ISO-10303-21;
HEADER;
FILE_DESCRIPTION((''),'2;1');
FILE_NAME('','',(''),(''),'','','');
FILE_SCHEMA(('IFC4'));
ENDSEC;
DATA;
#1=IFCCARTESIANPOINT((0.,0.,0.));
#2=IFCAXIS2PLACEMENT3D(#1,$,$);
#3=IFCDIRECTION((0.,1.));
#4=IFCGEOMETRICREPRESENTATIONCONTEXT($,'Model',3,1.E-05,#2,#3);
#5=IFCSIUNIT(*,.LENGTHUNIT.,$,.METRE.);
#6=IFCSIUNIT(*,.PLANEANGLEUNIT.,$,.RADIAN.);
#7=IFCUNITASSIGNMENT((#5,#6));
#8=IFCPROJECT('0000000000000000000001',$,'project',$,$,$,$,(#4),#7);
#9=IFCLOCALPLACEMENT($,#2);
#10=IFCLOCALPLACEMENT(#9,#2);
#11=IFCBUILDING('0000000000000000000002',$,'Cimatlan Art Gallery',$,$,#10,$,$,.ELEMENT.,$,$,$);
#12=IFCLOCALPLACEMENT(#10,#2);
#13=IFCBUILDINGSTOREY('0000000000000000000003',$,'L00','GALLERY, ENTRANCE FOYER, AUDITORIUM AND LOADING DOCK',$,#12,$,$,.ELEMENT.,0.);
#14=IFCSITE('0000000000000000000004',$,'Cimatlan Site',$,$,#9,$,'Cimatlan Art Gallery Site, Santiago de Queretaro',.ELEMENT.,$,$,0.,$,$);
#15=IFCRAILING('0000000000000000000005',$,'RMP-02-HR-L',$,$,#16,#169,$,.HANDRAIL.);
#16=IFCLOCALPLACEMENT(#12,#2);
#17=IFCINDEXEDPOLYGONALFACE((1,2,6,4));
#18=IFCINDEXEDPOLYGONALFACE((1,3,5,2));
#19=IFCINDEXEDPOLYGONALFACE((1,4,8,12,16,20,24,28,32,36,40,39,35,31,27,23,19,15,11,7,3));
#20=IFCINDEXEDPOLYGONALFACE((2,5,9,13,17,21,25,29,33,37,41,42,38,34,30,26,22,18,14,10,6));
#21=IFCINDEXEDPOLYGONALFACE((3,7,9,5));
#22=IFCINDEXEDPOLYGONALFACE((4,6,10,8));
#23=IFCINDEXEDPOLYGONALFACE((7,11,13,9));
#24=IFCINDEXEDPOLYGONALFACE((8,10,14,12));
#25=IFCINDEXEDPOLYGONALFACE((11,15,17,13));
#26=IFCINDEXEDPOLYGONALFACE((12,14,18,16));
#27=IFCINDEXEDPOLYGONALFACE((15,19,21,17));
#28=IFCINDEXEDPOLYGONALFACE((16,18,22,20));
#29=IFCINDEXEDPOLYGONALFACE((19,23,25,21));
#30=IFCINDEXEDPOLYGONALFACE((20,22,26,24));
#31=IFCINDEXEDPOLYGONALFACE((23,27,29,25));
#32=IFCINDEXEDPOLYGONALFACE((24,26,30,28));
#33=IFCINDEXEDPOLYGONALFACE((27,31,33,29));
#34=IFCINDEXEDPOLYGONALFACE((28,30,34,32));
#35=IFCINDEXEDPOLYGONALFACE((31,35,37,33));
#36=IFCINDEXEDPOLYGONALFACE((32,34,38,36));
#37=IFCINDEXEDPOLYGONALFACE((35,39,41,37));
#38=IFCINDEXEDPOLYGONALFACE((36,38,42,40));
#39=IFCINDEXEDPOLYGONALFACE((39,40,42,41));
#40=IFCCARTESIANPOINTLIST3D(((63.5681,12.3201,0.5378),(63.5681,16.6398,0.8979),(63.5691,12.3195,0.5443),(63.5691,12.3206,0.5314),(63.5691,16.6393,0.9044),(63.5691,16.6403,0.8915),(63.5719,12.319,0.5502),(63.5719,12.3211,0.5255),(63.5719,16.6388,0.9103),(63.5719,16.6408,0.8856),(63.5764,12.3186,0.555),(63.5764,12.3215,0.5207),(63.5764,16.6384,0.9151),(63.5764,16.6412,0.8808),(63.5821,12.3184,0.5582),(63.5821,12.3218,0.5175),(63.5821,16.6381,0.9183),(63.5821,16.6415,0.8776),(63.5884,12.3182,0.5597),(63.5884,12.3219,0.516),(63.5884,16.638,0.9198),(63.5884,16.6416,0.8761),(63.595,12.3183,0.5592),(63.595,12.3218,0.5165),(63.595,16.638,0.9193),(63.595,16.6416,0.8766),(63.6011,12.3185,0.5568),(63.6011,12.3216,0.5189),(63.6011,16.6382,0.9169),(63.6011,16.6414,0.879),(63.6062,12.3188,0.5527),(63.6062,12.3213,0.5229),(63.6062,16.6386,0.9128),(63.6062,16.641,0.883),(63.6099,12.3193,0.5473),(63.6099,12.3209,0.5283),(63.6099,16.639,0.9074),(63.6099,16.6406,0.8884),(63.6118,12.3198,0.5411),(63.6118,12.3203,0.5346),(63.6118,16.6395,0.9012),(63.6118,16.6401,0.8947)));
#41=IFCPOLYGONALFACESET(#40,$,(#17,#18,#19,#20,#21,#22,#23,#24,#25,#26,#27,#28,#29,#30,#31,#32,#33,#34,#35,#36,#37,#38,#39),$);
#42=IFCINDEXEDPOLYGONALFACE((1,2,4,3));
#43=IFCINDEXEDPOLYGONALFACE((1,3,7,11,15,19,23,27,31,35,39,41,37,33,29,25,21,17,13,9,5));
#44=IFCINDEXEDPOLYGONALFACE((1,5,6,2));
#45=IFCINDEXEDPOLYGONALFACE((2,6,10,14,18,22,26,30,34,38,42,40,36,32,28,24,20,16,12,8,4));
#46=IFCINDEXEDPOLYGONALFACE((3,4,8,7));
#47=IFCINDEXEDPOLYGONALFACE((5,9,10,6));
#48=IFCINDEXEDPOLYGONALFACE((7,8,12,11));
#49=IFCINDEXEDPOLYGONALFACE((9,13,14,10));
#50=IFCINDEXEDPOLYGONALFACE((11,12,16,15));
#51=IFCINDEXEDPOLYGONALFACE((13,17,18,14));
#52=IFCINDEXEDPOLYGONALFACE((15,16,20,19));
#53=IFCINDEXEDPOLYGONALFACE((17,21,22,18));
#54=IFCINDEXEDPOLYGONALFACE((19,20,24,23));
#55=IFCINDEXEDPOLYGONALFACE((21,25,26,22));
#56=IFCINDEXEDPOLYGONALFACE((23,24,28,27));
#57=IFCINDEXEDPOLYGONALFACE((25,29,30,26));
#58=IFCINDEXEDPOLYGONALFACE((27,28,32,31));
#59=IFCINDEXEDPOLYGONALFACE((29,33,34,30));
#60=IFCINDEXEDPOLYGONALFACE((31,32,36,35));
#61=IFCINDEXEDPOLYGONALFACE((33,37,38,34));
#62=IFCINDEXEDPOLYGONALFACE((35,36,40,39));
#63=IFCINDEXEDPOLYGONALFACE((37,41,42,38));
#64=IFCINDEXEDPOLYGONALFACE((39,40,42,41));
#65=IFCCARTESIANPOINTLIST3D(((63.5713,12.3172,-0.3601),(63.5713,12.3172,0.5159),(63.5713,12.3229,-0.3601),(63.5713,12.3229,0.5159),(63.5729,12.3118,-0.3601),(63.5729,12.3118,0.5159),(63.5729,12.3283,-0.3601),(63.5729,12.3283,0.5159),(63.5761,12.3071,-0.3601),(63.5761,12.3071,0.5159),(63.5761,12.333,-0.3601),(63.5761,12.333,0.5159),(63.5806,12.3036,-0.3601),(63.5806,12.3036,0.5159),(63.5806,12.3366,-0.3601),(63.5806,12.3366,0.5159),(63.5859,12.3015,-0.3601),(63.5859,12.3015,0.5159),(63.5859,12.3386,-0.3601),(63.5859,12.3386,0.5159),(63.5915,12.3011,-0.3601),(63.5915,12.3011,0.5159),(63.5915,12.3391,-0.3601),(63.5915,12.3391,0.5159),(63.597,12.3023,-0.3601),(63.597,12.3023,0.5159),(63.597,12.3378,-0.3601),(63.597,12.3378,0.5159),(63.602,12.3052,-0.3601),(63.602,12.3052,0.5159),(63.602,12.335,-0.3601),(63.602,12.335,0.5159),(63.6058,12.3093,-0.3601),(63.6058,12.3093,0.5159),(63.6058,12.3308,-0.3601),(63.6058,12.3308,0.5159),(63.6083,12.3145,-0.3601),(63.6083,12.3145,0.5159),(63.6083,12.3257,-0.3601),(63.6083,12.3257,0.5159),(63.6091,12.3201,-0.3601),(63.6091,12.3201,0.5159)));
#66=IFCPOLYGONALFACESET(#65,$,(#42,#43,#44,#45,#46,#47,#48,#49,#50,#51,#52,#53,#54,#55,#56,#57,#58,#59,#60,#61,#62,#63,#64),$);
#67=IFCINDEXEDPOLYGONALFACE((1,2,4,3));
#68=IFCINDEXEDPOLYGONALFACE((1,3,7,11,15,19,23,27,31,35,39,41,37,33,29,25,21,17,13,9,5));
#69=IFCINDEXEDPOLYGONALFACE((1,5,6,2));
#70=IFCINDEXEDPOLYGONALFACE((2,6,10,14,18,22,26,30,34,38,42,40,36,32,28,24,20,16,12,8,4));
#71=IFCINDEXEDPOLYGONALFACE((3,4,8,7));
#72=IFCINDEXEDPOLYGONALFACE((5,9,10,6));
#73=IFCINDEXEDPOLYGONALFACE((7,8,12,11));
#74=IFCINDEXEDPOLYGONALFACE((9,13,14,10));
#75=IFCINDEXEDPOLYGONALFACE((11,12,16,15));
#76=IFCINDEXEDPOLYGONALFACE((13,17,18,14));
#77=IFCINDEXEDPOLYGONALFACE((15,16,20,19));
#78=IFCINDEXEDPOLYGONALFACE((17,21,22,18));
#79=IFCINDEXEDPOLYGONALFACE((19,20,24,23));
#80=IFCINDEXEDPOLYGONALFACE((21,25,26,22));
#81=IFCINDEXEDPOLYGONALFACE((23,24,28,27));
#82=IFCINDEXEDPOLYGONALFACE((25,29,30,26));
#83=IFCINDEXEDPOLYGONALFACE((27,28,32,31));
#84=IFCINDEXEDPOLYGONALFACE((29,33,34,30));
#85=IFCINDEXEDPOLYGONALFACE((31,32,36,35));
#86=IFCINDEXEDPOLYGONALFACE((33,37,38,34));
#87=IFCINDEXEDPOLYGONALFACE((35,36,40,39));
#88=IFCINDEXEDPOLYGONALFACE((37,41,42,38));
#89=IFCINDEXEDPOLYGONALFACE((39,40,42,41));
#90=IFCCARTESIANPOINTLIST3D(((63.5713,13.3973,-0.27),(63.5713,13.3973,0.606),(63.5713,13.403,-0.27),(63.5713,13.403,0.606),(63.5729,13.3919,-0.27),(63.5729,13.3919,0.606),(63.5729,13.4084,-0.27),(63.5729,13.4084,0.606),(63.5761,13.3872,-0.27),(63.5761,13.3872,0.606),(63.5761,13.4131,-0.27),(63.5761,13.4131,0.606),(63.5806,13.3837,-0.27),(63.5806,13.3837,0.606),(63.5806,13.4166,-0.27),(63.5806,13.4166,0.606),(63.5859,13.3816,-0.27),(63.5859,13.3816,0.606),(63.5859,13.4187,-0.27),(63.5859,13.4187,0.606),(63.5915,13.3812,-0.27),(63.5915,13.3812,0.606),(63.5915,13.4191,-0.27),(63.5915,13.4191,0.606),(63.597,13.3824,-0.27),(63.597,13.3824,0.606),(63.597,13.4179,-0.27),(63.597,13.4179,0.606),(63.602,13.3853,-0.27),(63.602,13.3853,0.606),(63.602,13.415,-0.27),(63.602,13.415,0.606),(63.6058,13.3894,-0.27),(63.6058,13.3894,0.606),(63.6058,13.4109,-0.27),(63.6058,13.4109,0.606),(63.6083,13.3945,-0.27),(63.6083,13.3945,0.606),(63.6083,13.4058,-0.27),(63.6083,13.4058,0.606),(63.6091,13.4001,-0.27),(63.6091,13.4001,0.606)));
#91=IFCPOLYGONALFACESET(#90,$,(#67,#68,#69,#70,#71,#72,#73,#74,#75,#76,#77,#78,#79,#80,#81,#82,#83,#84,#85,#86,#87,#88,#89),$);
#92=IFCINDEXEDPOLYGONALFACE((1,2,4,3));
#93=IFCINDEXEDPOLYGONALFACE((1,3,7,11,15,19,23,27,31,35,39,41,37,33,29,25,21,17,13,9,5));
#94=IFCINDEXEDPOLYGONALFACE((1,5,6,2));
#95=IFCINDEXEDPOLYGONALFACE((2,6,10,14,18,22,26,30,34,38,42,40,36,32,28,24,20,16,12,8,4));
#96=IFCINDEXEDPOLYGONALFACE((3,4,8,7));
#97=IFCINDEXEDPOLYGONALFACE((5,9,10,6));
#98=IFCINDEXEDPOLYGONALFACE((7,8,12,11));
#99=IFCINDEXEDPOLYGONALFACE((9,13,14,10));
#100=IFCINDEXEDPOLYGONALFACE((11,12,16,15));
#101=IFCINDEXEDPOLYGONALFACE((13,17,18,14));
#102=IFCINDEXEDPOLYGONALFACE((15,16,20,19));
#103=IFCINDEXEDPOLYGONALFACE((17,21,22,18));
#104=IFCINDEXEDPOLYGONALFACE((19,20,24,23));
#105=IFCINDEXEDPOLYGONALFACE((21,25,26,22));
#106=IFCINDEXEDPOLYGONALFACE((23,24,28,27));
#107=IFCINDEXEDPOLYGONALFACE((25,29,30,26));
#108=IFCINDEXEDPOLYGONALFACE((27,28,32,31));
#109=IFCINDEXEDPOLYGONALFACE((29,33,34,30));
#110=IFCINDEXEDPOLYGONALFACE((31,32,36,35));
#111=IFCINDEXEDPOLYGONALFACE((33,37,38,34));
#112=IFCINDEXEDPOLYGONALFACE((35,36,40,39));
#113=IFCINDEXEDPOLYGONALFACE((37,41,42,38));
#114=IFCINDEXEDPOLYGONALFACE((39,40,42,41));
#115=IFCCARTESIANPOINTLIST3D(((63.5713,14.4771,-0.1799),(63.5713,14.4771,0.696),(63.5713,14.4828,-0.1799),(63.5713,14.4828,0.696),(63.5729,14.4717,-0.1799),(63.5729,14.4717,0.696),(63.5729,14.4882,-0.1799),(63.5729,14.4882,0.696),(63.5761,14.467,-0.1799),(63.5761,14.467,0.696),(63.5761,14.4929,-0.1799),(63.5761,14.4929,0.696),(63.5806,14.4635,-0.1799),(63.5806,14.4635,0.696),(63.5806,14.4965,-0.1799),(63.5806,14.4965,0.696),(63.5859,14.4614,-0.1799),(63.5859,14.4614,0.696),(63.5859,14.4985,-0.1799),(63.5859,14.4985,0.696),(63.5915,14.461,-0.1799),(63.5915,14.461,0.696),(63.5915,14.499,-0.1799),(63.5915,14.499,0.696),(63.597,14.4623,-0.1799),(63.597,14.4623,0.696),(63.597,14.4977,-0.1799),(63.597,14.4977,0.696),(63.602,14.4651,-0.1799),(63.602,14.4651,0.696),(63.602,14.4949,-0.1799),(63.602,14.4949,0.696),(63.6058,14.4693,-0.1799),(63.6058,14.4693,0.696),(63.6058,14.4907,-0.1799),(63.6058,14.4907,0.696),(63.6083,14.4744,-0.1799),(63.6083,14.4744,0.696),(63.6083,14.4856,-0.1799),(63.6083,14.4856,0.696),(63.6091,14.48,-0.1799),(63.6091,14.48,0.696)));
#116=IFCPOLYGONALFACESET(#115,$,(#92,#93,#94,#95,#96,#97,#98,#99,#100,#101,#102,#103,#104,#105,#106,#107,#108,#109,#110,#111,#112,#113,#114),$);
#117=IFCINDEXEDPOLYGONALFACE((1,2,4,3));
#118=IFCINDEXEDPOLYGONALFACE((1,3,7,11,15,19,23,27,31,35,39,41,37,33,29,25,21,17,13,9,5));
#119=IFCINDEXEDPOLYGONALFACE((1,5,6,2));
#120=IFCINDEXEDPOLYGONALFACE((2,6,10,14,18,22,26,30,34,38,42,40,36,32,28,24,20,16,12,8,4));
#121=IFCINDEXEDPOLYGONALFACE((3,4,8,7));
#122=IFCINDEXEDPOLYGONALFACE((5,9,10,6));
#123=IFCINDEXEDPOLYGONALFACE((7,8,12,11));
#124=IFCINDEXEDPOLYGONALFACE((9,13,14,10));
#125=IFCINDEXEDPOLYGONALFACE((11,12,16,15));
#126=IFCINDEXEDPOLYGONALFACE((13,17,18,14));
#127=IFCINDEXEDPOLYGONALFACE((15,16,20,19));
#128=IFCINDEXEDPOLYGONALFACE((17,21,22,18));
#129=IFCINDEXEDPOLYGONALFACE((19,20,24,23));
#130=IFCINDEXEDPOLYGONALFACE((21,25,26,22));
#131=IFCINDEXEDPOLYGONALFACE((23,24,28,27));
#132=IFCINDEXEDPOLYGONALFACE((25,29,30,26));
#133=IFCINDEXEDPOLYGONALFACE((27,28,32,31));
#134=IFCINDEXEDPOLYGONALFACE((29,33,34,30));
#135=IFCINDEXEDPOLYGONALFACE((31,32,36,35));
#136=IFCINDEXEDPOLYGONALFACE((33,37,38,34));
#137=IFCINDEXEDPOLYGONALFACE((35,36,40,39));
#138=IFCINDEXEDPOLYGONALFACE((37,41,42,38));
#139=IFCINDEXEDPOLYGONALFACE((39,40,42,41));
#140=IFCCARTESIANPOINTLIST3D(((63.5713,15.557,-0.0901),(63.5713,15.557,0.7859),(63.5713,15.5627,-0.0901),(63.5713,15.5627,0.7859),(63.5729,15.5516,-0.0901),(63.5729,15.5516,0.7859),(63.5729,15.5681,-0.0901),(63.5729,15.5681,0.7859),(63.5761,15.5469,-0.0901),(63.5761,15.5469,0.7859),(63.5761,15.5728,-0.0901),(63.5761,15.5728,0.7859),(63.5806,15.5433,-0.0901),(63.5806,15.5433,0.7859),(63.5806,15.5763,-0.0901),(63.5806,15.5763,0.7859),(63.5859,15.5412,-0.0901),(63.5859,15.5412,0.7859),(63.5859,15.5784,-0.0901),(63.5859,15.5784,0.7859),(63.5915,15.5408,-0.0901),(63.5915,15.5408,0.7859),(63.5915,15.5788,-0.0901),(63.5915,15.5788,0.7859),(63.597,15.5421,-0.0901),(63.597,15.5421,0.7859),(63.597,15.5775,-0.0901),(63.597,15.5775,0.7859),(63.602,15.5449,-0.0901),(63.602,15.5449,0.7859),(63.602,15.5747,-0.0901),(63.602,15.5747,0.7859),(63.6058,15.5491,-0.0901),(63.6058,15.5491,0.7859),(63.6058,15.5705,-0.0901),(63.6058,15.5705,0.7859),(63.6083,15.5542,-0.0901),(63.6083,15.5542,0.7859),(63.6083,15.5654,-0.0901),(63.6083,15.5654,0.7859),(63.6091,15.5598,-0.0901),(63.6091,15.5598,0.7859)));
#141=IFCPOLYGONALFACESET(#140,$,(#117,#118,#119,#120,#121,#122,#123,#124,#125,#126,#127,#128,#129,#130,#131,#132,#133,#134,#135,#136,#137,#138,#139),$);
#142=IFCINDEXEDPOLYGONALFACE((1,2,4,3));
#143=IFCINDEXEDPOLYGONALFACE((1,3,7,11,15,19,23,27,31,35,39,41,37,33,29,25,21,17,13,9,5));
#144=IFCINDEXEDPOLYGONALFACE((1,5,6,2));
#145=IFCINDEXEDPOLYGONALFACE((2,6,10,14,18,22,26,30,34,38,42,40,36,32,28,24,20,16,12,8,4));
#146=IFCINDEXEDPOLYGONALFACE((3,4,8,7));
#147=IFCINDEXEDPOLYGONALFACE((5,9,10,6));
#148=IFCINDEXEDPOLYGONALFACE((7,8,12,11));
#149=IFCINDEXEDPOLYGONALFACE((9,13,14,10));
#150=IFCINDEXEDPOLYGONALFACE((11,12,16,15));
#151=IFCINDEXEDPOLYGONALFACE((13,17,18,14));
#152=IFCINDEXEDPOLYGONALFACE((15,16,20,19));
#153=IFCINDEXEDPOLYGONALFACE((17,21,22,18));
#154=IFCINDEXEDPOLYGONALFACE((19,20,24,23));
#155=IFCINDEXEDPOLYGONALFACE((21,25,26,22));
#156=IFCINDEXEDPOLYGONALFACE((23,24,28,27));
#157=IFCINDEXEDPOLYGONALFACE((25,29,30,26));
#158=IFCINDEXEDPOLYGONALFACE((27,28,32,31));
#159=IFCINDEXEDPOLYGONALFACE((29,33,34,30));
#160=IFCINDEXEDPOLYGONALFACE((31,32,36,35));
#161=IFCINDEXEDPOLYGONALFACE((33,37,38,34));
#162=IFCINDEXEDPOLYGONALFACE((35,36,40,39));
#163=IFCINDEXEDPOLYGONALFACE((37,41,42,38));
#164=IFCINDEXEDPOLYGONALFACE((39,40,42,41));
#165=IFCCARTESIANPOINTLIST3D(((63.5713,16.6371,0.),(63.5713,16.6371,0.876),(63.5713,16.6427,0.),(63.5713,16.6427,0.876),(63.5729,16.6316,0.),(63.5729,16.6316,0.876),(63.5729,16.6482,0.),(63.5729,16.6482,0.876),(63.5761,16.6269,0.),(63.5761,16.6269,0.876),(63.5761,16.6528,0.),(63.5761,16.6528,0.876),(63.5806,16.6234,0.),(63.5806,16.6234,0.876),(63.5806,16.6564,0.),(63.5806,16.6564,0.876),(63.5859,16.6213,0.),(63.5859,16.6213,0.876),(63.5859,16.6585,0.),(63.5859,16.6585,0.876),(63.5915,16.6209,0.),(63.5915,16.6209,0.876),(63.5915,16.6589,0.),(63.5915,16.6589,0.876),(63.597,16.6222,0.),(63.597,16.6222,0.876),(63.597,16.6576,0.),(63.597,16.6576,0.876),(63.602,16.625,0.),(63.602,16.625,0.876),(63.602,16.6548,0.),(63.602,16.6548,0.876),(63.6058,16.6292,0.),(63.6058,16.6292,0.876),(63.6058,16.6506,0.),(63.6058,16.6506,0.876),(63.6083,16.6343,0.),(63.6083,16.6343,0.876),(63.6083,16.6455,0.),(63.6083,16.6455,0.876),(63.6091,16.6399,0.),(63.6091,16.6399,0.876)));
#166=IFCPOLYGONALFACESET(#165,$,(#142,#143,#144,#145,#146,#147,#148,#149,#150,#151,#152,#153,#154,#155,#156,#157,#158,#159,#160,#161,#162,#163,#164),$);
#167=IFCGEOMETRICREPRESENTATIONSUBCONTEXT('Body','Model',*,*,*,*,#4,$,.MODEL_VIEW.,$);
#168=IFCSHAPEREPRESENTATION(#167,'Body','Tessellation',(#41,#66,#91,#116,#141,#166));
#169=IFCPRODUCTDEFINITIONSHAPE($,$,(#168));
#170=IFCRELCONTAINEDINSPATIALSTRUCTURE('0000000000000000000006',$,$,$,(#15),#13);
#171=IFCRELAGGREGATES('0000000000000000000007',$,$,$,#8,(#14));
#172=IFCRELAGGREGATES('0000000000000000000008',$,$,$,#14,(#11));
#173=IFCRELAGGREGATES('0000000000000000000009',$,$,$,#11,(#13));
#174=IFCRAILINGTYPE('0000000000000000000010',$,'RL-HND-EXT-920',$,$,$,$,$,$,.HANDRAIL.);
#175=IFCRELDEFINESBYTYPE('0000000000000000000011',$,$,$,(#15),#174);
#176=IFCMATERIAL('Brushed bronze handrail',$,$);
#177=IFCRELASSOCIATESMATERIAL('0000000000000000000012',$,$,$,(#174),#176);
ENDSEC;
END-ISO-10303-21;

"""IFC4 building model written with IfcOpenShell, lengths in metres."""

from ifc_helpers import new_model, si_unit, direction, frame, origin, origin_2d, place, context, subcontext, project, spatial, circle, extrude, material, type_object, element, save


model = new_model("IFC4")

# Units and contexts
model_context = context("Model", 3, precision=1e-05, world=origin(), true_north=direction((0.0, 1.0)))
body_context = subcontext(model_context, "Body", "Model", "MODEL_VIEW")
ifc_project = project(units=[si_unit("LENGTHUNIT", "METRE"), si_unit("PLANEANGLEUNIT", "RADIAN")], contexts=[model_context])

# Site, building, storey
site_placement = place(None, origin())
site = spatial("IfcSite", under=ifc_project, at=site_placement, Name="Cimatlan Site", LongName="Cimatlan Art Gallery Site, Santiago de Queretaro", CompositionType="ELEMENT", RefElevation=0.0)
building_placement = place(site_placement, origin())
building = spatial("IfcBuilding", under=site, at=building_placement, Name="Cimatlan Art Gallery", CompositionType="ELEMENT")
storey_placement = place(building_placement, origin())
storey = spatial("IfcBuildingStorey", under=building, at=storey_placement, Name="L00", Description="GALLERY, ENTRANCE FOYER, AUDITORIUM AND LOADING DOCK", CompositionType="ELEMENT", Elevation=0.0)

# Railing
ifc_material_1 = material(Name="Brushed bronze handrail")
railing_type = type_object("IfcRailingType", Name="RL-HND-EXT-920", PredefinedType="HANDRAIL", material=ifc_material_1)
for number, where, name in (
    (1, (63.5901, 12.3201, -0.3601), "RMP-02-HR-L"),
):
    element("IfcRailing", number, at=place(storey_placement, frame(where)), inside=storey, type_object=railing_type, Name=name, PredefinedType="HANDRAIL", context=body_context, shape_type="SweptSolid", body=[
        extrude(circle(Radius=0.022, at=origin_2d()), frame((0.0, 0.0, 0.8979), z_axis=(0.0, 0.996543, 0.083073), x_axis=(-1.0, 0.0, 0.0)), (0.0, 0.0, 1.0), 4.3347),
        extrude(circle(Radius=0.019, at=origin_2d()), origin(), (0.0, 0.0, 1.0), 0.876),
        extrude(circle(Radius=0.019, at=origin_2d()), frame((0.0, 1.0801, 0.0901)), (0.0, 0.0, 1.0), 0.876),
        extrude(circle(Radius=0.019, at=origin_2d()), frame((0.0, 2.1599, 0.1802)), (0.0, 0.0, 1.0), 0.876),
        extrude(circle(Radius=0.019, at=origin_2d()), frame((0.0, 3.2397, 0.27)), (0.0, 0.0, 1.0), 0.876),
        extrude(circle(Radius=0.019, at=origin_2d()), frame((0.0, 4.3198, 0.3601)), (0.0, 0.0, 1.0), 0.876),
    ])

save(model, "model.ifc")
